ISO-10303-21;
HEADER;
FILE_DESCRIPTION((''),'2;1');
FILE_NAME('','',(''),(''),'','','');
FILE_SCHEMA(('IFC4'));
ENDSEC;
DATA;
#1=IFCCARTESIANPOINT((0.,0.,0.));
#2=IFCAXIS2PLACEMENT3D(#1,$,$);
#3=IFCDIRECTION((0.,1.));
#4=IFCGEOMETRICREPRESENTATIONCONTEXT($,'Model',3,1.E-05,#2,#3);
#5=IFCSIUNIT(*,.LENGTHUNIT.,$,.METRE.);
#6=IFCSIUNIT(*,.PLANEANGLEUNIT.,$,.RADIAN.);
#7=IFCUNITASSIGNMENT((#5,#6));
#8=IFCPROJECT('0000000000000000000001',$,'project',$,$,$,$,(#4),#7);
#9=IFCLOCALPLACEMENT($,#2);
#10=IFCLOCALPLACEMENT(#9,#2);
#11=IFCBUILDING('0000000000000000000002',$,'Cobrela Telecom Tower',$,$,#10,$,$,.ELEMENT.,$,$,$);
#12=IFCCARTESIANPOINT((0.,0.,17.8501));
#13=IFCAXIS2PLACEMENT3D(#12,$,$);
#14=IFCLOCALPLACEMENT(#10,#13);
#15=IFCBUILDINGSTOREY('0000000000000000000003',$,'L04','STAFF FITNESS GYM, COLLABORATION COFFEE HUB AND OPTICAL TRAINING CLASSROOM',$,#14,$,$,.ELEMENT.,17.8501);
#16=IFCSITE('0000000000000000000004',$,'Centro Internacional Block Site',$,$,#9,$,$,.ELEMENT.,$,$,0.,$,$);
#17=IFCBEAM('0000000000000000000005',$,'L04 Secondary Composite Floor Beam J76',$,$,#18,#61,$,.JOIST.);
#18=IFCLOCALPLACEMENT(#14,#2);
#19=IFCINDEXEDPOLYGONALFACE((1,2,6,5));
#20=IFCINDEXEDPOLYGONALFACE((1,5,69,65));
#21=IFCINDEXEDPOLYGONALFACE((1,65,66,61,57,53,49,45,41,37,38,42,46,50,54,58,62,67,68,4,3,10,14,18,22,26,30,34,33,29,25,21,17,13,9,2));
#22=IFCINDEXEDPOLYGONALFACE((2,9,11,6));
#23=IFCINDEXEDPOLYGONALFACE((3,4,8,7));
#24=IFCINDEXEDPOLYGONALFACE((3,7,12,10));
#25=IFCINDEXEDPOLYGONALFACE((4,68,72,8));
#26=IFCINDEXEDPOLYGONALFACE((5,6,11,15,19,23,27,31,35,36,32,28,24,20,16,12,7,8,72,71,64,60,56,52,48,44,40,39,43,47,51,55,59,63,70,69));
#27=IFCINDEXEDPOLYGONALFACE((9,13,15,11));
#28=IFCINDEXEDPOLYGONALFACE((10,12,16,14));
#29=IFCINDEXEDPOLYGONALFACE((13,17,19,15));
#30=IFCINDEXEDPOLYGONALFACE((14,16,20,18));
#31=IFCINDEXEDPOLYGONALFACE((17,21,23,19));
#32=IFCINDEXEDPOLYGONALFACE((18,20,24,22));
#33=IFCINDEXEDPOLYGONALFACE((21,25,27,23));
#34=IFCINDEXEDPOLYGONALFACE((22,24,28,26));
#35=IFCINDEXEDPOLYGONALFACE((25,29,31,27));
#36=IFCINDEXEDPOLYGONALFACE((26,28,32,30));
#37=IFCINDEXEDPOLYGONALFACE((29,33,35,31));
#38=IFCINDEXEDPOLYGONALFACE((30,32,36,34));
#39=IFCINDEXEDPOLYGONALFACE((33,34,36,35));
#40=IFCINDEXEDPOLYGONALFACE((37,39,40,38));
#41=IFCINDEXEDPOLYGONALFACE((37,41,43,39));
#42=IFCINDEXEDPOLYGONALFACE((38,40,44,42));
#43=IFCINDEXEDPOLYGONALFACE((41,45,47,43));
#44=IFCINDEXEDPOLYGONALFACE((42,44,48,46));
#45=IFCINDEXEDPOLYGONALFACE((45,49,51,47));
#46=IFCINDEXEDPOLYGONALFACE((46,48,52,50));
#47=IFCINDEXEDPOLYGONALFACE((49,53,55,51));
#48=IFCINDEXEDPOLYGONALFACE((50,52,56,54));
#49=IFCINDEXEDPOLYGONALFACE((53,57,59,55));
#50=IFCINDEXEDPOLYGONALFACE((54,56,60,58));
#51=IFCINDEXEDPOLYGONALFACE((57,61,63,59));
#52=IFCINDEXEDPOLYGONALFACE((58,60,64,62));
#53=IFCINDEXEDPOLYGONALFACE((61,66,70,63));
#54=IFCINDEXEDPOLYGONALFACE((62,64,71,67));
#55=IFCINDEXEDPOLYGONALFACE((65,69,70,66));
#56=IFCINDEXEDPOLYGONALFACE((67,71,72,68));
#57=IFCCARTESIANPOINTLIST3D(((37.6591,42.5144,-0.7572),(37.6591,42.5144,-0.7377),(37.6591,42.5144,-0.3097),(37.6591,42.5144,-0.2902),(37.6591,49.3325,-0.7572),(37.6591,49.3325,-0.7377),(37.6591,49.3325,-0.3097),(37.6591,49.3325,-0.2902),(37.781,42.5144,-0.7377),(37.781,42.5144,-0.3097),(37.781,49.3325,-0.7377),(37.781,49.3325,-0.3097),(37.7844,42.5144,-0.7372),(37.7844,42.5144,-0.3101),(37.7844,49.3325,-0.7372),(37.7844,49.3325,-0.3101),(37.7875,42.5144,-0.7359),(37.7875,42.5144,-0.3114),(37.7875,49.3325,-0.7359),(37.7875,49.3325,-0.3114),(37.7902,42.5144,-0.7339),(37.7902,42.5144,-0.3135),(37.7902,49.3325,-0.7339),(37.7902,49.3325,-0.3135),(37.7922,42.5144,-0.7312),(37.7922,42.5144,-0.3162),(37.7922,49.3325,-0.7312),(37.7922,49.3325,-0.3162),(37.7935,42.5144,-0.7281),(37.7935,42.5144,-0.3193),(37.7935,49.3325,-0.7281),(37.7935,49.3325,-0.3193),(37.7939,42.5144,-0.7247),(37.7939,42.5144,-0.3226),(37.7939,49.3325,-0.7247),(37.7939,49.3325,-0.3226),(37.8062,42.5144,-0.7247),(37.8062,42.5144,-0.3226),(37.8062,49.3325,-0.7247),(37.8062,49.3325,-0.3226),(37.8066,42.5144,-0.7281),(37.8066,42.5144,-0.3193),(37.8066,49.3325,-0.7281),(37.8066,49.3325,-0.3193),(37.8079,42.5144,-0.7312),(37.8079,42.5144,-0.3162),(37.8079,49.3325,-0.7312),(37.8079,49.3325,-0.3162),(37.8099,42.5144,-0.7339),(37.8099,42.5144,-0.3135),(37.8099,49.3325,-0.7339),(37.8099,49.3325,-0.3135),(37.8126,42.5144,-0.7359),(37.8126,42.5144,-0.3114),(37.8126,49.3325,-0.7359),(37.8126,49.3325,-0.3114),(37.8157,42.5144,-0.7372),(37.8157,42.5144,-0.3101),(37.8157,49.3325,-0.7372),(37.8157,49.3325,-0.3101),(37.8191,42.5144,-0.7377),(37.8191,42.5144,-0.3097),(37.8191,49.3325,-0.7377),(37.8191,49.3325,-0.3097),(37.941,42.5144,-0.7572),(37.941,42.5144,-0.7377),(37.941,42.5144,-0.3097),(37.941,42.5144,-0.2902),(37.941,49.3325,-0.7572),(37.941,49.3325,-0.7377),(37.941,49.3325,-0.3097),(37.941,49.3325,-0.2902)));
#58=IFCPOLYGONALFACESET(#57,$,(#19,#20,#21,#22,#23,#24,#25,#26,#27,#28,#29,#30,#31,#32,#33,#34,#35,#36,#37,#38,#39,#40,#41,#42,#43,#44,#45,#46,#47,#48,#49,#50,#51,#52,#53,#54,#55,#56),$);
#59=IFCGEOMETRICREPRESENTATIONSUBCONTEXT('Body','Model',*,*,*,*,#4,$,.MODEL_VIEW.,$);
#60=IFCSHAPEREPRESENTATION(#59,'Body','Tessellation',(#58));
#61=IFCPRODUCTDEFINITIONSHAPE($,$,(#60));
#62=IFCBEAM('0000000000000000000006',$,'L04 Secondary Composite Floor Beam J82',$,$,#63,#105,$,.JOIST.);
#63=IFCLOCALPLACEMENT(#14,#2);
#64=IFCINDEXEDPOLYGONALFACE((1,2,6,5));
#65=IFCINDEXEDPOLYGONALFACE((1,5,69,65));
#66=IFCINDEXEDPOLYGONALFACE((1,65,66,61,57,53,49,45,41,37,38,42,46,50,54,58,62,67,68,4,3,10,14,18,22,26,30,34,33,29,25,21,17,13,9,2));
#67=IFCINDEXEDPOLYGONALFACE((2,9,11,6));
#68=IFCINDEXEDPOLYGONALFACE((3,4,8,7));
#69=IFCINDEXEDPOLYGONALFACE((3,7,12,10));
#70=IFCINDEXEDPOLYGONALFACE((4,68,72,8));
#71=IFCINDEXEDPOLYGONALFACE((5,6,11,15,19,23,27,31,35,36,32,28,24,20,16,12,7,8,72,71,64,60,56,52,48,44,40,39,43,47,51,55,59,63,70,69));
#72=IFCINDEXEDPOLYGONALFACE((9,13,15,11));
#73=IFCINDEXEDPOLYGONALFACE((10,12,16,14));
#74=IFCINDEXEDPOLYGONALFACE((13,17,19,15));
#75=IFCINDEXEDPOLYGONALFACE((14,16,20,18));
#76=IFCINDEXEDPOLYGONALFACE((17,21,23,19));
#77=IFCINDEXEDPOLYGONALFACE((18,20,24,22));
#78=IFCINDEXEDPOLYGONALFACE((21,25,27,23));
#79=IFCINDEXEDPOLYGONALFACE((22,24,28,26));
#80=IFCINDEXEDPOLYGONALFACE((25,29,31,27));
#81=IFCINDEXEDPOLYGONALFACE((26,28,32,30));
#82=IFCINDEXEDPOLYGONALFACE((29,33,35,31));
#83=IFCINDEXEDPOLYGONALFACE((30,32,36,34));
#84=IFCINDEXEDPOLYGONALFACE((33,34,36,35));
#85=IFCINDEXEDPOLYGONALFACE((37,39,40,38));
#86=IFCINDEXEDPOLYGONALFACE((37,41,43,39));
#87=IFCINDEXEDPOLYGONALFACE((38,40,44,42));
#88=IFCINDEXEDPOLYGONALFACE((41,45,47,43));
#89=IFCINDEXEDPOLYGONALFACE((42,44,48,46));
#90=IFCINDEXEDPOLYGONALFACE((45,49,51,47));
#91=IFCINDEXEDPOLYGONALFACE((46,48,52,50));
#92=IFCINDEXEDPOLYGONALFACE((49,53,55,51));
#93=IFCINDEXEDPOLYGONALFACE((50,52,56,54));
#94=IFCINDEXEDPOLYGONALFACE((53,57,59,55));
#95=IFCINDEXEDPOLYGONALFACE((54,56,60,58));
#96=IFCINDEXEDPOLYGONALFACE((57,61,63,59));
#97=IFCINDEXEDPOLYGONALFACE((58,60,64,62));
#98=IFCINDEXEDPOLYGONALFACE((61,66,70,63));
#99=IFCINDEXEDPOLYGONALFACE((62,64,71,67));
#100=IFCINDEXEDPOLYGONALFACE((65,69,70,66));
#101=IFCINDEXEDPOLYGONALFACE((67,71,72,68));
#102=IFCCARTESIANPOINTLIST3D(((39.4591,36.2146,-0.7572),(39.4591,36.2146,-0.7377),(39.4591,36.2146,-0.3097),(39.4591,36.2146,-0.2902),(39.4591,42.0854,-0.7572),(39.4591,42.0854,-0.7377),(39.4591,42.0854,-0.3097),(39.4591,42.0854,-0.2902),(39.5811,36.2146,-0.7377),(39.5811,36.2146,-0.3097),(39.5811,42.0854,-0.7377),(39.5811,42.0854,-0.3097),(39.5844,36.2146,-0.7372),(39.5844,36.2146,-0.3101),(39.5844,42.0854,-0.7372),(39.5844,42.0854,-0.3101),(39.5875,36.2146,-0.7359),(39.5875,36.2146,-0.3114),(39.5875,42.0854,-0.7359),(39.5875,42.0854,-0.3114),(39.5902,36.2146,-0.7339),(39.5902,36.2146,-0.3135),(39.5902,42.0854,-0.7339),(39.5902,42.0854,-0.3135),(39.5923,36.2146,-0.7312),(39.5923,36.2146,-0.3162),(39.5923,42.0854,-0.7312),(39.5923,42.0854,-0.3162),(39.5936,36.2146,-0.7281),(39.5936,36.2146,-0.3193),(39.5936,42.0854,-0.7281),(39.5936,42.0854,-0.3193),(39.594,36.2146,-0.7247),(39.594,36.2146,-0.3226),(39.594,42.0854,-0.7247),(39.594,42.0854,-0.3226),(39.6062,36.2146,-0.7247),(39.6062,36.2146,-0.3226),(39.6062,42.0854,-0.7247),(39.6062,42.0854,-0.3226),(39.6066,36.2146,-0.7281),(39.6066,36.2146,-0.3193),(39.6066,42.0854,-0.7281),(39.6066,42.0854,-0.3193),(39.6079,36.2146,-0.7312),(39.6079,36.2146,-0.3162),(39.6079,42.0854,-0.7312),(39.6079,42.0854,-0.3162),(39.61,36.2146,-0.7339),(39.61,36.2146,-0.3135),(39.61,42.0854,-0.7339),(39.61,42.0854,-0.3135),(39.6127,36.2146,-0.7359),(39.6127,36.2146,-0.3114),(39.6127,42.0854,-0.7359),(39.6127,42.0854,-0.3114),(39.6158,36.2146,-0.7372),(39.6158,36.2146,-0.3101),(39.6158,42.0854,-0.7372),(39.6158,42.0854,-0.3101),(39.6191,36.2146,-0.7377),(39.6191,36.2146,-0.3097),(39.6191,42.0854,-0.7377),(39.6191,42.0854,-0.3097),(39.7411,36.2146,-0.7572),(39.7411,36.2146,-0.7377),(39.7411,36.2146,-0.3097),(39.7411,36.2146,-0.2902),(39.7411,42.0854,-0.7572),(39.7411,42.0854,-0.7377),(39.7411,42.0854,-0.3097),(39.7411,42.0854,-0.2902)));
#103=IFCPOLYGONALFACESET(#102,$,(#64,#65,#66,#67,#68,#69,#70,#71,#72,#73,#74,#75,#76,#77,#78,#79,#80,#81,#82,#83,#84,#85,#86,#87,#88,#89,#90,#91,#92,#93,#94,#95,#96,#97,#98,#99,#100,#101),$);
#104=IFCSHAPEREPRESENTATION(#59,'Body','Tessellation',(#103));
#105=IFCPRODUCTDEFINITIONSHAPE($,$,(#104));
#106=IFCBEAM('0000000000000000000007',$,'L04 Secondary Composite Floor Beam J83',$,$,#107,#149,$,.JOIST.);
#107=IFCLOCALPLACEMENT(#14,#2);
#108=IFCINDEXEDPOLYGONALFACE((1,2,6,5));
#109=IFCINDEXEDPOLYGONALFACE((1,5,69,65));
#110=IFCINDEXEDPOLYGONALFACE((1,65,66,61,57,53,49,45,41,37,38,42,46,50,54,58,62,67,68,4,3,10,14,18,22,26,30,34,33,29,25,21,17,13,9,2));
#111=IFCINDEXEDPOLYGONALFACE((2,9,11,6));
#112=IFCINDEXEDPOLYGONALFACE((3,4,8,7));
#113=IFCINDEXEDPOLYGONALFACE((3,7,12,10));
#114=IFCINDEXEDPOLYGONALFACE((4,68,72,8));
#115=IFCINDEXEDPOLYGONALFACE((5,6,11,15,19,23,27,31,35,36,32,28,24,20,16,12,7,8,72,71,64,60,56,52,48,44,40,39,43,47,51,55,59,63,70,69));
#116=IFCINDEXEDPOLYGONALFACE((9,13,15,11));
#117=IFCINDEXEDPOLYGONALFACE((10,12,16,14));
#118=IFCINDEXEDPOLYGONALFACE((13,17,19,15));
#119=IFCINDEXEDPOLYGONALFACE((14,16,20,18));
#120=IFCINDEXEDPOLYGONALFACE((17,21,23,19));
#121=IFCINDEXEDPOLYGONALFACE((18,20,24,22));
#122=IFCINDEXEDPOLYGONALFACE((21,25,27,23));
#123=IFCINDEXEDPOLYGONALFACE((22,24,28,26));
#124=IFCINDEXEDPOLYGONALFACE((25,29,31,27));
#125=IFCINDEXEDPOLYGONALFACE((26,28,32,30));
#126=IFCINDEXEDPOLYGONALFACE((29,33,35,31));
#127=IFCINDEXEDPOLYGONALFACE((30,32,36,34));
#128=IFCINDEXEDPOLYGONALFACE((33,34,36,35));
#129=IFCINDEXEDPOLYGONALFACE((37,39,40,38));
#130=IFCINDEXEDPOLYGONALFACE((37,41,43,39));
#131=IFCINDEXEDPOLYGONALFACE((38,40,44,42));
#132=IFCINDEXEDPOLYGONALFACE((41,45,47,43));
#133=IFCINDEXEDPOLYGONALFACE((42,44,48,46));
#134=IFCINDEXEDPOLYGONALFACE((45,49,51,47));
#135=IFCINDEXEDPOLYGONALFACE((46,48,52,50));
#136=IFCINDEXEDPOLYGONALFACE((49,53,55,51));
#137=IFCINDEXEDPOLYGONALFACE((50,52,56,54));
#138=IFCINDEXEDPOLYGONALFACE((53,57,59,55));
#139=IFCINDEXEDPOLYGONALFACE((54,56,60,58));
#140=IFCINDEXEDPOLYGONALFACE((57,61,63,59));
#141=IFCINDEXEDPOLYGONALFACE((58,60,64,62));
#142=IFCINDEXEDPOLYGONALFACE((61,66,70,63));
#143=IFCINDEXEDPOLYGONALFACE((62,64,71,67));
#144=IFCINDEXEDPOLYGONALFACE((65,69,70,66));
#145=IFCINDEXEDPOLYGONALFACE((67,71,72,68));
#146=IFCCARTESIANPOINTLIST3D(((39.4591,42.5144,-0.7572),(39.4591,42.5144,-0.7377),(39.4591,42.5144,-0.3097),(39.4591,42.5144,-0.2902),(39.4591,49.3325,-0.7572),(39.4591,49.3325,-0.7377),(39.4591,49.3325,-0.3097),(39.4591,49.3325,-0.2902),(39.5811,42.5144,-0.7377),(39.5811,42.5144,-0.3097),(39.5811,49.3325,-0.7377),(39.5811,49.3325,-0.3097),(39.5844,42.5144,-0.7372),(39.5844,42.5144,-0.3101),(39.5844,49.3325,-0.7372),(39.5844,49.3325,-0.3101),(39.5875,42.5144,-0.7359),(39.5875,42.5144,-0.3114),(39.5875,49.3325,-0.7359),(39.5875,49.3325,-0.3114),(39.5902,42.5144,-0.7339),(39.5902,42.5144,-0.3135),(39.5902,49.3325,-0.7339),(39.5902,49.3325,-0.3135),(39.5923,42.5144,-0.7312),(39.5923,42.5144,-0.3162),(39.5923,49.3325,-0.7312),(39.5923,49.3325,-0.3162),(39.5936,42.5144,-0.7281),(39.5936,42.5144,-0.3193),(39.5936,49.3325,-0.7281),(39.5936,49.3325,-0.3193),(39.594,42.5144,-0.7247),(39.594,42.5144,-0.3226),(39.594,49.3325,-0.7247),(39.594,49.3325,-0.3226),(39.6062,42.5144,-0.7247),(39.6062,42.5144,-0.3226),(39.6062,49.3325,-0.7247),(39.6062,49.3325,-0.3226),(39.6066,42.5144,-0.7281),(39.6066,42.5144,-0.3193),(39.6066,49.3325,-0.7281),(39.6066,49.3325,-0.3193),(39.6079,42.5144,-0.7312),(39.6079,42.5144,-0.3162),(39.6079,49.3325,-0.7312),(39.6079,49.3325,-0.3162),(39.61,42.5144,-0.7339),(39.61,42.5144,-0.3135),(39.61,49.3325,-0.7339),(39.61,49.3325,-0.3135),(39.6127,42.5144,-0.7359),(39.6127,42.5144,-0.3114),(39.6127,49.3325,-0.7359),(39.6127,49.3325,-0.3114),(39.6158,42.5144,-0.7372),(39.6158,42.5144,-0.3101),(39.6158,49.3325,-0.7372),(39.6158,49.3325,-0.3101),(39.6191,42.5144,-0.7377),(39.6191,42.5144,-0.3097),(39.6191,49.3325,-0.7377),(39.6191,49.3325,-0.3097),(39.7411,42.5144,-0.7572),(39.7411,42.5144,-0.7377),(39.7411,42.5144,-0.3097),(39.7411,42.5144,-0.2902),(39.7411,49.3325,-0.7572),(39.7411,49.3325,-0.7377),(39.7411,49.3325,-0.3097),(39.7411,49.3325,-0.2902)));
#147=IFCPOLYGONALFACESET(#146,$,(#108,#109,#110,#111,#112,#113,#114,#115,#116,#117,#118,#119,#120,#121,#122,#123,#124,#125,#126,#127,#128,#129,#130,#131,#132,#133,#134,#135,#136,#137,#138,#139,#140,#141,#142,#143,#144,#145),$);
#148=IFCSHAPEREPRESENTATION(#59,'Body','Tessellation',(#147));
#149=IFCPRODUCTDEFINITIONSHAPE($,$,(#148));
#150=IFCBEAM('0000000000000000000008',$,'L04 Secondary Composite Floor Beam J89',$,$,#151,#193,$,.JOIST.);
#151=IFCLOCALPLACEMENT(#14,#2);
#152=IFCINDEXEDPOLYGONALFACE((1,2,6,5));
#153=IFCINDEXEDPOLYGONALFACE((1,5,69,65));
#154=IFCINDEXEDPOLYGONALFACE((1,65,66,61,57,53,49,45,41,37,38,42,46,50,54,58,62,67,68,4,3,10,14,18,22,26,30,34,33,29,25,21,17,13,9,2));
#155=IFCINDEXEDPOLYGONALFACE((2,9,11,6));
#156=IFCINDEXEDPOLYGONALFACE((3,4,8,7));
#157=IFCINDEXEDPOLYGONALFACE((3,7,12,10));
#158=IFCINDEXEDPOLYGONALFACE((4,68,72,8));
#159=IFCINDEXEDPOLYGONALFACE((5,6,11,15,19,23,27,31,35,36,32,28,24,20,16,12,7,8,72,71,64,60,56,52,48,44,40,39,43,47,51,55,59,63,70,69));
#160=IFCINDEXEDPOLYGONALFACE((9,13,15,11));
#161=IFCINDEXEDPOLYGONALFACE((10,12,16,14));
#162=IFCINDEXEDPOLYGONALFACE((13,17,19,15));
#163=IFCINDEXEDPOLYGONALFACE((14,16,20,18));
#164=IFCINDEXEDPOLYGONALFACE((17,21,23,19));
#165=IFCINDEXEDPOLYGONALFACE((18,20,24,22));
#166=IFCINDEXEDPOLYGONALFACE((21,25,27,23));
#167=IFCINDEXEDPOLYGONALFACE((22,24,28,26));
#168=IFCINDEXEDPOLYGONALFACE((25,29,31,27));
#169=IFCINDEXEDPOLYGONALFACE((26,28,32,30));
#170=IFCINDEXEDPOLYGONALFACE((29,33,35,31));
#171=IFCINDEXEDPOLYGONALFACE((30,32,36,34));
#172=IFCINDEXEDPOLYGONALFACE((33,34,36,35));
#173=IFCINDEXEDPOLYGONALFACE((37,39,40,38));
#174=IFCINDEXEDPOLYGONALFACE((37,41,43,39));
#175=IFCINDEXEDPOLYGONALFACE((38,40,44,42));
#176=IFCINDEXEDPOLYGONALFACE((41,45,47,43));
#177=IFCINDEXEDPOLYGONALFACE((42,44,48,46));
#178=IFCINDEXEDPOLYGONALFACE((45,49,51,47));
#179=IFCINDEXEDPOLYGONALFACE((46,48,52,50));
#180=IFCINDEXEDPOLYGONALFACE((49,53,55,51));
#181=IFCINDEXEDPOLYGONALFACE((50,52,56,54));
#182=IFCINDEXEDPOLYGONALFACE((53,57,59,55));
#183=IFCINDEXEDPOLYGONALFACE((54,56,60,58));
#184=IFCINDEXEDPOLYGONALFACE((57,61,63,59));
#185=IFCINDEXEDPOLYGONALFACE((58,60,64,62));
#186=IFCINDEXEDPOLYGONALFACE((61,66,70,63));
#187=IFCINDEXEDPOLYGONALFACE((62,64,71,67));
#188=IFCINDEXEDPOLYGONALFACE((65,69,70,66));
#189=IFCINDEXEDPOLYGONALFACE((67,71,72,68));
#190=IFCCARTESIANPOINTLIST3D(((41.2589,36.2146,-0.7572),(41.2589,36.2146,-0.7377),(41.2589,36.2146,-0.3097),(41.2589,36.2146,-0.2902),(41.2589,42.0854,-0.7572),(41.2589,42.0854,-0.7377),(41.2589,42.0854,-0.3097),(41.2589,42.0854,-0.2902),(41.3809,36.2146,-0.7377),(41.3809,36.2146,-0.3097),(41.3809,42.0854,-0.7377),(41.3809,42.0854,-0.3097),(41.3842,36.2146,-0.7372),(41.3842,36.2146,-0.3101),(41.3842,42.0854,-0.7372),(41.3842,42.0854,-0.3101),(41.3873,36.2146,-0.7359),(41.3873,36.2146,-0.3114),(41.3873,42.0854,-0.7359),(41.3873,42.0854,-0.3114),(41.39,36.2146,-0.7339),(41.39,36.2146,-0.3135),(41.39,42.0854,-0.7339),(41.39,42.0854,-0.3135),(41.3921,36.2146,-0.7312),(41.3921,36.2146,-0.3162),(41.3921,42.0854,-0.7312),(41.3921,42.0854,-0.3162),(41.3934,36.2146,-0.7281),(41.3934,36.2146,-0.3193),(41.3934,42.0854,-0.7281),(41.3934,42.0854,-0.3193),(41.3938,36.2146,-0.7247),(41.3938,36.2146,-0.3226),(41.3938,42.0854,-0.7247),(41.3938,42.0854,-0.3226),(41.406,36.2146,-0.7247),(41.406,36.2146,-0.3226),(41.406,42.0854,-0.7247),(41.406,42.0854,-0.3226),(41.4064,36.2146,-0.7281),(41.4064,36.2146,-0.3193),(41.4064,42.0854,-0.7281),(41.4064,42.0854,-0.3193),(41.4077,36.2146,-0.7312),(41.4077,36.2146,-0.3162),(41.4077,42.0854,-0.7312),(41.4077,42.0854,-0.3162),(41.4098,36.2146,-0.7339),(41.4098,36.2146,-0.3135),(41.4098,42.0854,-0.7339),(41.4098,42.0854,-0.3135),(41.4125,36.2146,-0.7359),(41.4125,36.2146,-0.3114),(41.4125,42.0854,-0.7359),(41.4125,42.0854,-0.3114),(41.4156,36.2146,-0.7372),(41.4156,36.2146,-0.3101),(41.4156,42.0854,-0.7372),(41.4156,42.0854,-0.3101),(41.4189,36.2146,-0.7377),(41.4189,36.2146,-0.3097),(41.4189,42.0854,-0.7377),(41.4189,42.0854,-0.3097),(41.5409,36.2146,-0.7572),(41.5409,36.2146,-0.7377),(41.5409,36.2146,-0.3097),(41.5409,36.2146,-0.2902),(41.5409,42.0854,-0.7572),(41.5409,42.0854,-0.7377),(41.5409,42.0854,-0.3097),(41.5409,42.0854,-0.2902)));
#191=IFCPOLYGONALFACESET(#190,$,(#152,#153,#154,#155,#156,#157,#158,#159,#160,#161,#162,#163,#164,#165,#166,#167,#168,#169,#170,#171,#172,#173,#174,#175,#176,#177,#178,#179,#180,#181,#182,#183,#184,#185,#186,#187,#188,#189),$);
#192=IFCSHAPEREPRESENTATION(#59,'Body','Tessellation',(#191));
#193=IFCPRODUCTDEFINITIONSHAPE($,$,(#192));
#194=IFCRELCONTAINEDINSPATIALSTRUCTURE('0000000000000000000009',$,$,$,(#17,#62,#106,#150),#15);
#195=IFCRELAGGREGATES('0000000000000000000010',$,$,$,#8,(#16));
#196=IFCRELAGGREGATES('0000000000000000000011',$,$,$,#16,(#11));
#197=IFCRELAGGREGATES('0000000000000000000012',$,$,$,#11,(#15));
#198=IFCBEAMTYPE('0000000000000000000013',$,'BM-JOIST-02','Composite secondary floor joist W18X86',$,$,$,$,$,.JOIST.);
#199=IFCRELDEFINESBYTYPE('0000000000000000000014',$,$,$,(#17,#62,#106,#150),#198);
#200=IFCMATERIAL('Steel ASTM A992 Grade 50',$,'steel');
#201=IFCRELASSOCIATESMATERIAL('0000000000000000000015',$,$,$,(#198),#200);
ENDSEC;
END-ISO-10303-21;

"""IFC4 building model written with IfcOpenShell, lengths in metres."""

from ifc_helpers import new_model, si_unit, direction, frame, origin, origin_2d, place, context, subcontext, project, spatial, i_section, extrude, material, material_profile, profile_set, type_object, element, save


model = new_model("IFC4")

# Units and contexts
model_context = context("Model", 3, precision=1e-05, world=origin(), true_north=direction((0.0, 1.0)))
body_context = subcontext(model_context, "Body", "Model", "MODEL_VIEW")
ifc_project = project(units=[si_unit("LENGTHUNIT", "METRE"), si_unit("PLANEANGLEUNIT", "RADIAN")], contexts=[model_context])

# Site, building, storey
site_placement = place(None, origin())
site = spatial("IfcSite", under=ifc_project, at=site_placement, Name="Centro Internacional Block Site", CompositionType="ELEMENT", RefElevation=0.0)
building_placement = place(site_placement, origin())
building = spatial("IfcBuilding", under=site, at=building_placement, Name="Cobrela Telecom Tower", CompositionType="ELEMENT")
storey_placement = place(building_placement, frame((0.0, 0.0, 17.8501)))
storey = spatial("IfcBuildingStorey", under=building, at=storey_placement, Name="L04", Description="STAFF FITNESS GYM, COLLABORATION COFFEE HUB AND OPTICAL TRAINING CLASSROOM", CompositionType="ELEMENT", Elevation=17.8501)

# Beams
ifc_material_1 = material(Name="Steel ASTM A992 Grade 50", Category="steel")
ifc_material_profile_1 = material_profile(ifc_material_1, i_section(OverallWidth=0.282, OverallDepth=0.467, WebThickness=0.0122, FlangeThickness=0.0195, FilletRadius=0.0129, at=origin_2d()), Name="W18X86")
ifc_profile_set_1 = profile_set([ifc_material_profile_1], Name="Steel ASTM A992 Grade 50")
beam_type_1 = type_object("IfcBeamType", Name="BM-JOIST-02", Description="Composite secondary floor joist W18X86", PredefinedType="JOIST", material=ifc_profile_set_1)
for number, where, z_axis, x_axis, name in (
    (1, (37.8, 42.5144, -0.5237), (0.0, 1.0, 0.0), (-1.0, 0.0, 0.0), "L04 Secondary Composite Floor Beam J76"),
):
    element("IfcBeam", number, at=place(storey_placement, frame(where, z_axis=z_axis, x_axis=x_axis)), inside=storey, type_object=beam_type_1, Name=name, PredefinedType="JOIST", context=body_context, shape_type="SweptSolid", body=[
        extrude(i_section(OverallWidth=0.282, OverallDepth=0.467, WebThickness=0.0122, FlangeThickness=0.0195, FilletRadius=0.0129, at=origin_2d()), origin(), (0.0, 0.0, 1.0), 6.8181),
    ])
beam_1_placement = place(storey_placement, frame((39.6001, 36.2146, -0.5237), z_axis=(0.0, 1.0, 0.0), x_axis=(-1.0, 0.0, 0.0)))
element("IfcBeam", 2, at=beam_1_placement, inside=storey, type_object=beam_type_1, Name="L04 Secondary Composite Floor Beam J82", PredefinedType="JOIST", context=body_context, shape_type="SweptSolid", body=[
    extrude(i_section(OverallWidth=0.282, OverallDepth=0.467, WebThickness=0.0122, FlangeThickness=0.0195, FilletRadius=0.0129, at=origin_2d()), origin(), (0.0, 0.0, 1.0), 5.8708),
])
beam_2_placement = place(storey_placement, frame((39.6001, 42.5144, -0.5237), z_axis=(0.0, 1.0, 0.0), x_axis=(-1.0, 0.0, 0.0)))
element("IfcBeam", 3, at=beam_2_placement, inside=storey, type_object=beam_type_1, Name="L04 Secondary Composite Floor Beam J83", PredefinedType="JOIST", context=body_context, shape_type="SweptSolid", body=[
    extrude(i_section(OverallWidth=0.282, OverallDepth=0.467, WebThickness=0.0122, FlangeThickness=0.0195, FilletRadius=0.0129, at=origin_2d()), origin(), (0.0, 0.0, 1.0), 6.8181),
])
beam_3_placement = place(storey_placement, frame((41.3999, 36.2146, -0.5237), z_axis=(0.0, 1.0, 0.0), x_axis=(-1.0, 0.0, 0.0)))
element("IfcBeam", 4, at=beam_3_placement, inside=storey, type_object=beam_type_1, Name="L04 Secondary Composite Floor Beam J89", PredefinedType="JOIST", context=body_context, shape_type="SweptSolid", body=[
    extrude(i_section(OverallWidth=0.282, OverallDepth=0.467, WebThickness=0.0122, FlangeThickness=0.0195, FilletRadius=0.0129, at=origin_2d()), origin(), (0.0, 0.0, 1.0), 5.8708),
])

save(model, "model.ifc")
